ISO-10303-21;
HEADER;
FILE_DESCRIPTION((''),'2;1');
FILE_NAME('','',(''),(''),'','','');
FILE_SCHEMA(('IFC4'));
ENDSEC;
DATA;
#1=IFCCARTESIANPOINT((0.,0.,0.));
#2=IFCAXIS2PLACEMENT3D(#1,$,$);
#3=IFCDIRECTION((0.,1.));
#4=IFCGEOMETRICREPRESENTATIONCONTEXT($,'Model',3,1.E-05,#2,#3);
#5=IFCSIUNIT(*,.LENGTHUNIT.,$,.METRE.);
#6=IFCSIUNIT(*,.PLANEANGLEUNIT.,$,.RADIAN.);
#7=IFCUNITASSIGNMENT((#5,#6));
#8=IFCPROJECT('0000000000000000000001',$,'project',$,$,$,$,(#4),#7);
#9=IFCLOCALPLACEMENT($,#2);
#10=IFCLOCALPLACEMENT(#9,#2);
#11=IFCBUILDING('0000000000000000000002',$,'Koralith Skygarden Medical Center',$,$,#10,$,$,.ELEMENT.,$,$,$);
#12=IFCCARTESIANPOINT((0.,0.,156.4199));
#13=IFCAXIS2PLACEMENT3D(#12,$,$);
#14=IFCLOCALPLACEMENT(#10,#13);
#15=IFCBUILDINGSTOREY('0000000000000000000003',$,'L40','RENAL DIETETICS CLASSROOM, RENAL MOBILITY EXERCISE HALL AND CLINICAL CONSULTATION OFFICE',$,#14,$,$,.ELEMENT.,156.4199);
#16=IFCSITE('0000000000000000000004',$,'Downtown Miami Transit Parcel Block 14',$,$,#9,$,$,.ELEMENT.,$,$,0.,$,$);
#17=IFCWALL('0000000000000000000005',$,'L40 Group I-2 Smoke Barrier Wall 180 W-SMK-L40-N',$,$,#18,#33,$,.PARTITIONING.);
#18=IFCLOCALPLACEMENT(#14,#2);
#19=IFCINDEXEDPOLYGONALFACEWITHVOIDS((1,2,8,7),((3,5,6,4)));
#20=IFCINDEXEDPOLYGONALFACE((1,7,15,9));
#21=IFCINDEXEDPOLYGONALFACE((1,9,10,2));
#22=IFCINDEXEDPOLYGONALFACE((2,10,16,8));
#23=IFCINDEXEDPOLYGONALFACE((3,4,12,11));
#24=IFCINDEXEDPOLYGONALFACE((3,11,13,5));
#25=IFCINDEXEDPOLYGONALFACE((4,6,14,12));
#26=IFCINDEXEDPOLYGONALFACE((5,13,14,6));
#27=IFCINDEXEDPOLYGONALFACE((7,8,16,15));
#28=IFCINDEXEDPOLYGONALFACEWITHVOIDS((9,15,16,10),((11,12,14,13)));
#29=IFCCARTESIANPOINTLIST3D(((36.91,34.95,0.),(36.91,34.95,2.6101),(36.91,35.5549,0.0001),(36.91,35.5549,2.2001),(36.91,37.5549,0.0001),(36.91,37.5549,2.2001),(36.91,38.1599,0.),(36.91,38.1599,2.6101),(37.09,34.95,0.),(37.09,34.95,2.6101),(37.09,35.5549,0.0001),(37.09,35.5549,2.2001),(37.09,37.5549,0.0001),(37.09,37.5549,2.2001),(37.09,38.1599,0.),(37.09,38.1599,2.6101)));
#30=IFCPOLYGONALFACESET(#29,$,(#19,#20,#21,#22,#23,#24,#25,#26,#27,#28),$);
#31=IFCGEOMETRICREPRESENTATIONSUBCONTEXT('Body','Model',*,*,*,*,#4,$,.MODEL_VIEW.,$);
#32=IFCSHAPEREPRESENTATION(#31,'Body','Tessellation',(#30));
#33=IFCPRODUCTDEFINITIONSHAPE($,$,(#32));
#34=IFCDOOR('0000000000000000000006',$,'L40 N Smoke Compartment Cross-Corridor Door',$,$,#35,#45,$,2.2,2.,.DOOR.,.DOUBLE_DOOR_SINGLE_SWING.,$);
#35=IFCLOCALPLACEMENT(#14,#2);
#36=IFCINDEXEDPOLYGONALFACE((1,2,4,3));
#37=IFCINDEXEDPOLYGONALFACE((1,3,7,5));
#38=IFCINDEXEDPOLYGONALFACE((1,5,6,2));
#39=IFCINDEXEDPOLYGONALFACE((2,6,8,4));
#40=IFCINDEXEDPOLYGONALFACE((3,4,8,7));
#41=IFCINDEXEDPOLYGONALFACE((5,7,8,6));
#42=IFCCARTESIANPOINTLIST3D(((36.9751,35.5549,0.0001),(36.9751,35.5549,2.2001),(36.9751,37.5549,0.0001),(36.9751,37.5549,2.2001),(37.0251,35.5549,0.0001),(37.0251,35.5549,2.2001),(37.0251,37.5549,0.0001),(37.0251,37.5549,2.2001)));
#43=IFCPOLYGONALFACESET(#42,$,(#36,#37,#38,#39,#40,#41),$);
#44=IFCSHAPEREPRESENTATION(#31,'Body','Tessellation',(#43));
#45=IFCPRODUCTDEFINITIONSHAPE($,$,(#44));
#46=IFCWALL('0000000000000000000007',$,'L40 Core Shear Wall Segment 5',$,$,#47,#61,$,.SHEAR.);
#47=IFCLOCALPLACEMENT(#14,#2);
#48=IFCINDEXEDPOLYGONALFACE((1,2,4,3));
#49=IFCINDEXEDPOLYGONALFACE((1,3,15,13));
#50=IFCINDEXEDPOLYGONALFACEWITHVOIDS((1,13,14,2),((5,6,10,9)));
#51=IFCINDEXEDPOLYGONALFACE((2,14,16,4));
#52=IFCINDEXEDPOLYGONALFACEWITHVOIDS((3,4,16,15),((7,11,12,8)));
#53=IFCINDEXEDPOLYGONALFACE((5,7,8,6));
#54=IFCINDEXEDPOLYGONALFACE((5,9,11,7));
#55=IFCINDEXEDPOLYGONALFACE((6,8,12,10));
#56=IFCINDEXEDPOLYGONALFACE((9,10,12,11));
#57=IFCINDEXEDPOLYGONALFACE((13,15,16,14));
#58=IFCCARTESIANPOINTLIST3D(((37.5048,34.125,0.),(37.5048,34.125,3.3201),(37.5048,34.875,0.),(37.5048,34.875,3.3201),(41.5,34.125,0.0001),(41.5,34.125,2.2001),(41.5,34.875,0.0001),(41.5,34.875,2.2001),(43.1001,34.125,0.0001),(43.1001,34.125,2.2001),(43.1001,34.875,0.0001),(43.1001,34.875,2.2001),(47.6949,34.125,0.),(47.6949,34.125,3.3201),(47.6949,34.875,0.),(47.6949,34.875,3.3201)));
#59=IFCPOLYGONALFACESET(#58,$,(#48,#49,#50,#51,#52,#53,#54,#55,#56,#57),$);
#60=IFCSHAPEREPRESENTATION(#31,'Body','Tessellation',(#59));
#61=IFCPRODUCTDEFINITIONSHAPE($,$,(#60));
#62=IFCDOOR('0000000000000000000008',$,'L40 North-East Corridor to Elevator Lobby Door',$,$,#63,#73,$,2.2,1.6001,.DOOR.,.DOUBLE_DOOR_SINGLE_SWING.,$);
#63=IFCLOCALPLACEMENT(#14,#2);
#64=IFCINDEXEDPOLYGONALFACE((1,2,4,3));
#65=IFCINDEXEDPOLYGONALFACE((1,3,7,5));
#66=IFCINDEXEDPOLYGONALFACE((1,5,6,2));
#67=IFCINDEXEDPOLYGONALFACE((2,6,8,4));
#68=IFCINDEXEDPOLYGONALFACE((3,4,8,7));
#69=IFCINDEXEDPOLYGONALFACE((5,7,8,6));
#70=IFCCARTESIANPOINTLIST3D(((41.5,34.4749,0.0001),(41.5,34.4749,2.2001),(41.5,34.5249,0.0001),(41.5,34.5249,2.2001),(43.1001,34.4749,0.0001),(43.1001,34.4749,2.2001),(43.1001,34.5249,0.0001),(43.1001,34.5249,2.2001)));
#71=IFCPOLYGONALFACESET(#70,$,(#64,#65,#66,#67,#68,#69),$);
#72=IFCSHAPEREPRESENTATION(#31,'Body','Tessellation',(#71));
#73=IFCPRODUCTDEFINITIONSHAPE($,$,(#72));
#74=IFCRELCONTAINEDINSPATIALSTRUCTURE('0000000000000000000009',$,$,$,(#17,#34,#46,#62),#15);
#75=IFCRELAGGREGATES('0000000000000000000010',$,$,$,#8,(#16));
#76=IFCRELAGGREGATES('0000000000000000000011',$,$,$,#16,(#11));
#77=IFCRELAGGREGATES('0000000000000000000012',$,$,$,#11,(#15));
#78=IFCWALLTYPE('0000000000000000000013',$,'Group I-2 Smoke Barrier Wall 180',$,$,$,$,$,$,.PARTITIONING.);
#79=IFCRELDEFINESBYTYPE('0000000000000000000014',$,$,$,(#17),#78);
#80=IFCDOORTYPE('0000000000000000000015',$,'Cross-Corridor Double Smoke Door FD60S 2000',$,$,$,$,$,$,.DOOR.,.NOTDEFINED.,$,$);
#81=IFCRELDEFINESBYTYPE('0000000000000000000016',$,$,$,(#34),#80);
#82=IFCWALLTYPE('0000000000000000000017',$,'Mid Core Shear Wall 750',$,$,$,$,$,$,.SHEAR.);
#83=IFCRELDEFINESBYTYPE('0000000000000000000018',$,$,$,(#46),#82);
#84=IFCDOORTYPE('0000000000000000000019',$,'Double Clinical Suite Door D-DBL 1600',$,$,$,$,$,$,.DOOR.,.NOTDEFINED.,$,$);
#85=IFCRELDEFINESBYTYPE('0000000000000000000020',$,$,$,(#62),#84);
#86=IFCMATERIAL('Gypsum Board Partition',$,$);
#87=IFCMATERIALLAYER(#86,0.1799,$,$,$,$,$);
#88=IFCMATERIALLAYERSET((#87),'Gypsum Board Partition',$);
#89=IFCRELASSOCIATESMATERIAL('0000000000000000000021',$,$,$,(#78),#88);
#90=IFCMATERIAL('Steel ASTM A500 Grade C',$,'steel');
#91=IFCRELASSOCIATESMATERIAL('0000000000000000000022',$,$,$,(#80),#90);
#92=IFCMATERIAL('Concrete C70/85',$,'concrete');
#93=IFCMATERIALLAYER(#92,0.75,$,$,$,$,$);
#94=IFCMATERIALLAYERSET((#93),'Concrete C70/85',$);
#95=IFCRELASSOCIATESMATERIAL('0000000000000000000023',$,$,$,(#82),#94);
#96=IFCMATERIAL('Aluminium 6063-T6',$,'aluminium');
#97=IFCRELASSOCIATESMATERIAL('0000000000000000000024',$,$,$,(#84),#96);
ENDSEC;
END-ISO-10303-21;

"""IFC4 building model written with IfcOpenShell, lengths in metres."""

from ifc_helpers import new_model, si_unit, direction, frame, frame_2d, origin, place, context, subcontext, project, spatial, rectangle, extrude, material, layer, layer_set, type_object, element, fill, save


model = new_model("IFC4")

# Units and contexts
model_context = context("Model", 3, precision=1e-05, world=origin(), true_north=direction((0.0, 1.0)))
body_context = subcontext(model_context, "Body", "Model", "MODEL_VIEW")
ifc_project = project(units=[si_unit("LENGTHUNIT", "METRE"), si_unit("PLANEANGLEUNIT", "RADIAN")], contexts=[model_context])

# Site, building, storey
site_placement = place(None, origin())
site = spatial("IfcSite", under=ifc_project, at=site_placement, Name="Downtown Miami Transit Parcel Block 14", CompositionType="ELEMENT", RefElevation=0.0)
building_placement = place(site_placement, origin())
building = spatial("IfcBuilding", under=site, at=building_placement, Name="Koralith Skygarden Medical Center", CompositionType="ELEMENT")
storey_placement = place(building_placement, frame((0.0, 0.0, 156.4199)))
storey = spatial("IfcBuildingStorey", under=building, at=storey_placement, Name="L40", Description="RENAL DIETETICS CLASSROOM, RENAL MOBILITY EXERCISE HALL AND CLINICAL CONSULTATION OFFICE", CompositionType="ELEMENT", Elevation=156.4199)

# Shared definitions
ifc_material_1 = material(Name="Concrete C70/85", Category="concrete")

# Shared definitions
ifc_material_2 = material(Name="Aluminium 6063-T6", Category="aluminium")

# Shared definitions
ifc_material_3 = material(Name="Gypsum Board Partition")

# Walls, openings, doors
ifc_layer_1 = layer(ifc_material_3, 0.1799)
ifc_layer_set_1 = layer_set([ifc_layer_1], Name="Gypsum Board Partition")
wall_type_1 = type_object("IfcWallType", Name="Group I-2 Smoke Barrier Wall 180", PredefinedType="PARTITIONING", material=ifc_layer_set_1)
wall_1_placement = place(storey_placement, frame((37.0, 34.95, 0.0), z_axis=(0.0, 0.0, 1.0), x_axis=(0.0, 1.0, 0.0)))
wall_1 = element("IfcWall", 1, at=wall_1_placement, inside=storey, type_object=wall_type_1, Name="L40 Group I-2 Smoke Barrier Wall 180 W-SMK-L40-N", PredefinedType="PARTITIONING", context=body_context, shape_type="SweptSolid", body=[
    extrude(rectangle(XDim=3.21, YDim=0.1799, at=frame_2d((1.605, 0.0))), origin(), (0.0, 0.0, 1.0), 2.6101),
])
opening_1_placement = place(wall_1_placement, frame((0.605, 0.0, 0.0)))
opening_1 = element("IfcOpeningElement", 2, at=opening_1_placement, cuts=wall_1, PredefinedType="OPENING", context=body_context, shape_type="SweptSolid", body=[
    extrude(rectangle(XDim=2.0, YDim=2.2, at=frame_2d((1.0, 1.1001))), frame((0.0, 0.0999, 0.0), z_axis=(0.0, -1.0, 0.0), x_axis=(1.0, 0.0, 0.0)), (0.0, 0.0, 1.0), 0.2),
])
ifc_material_4 = material(Name="Steel ASTM A500 Grade C", Category="steel")
door_type_1 = type_object("IfcDoorType", Name="Cross-Corridor Double Smoke Door FD60S 2000", OperationType="NOTDEFINED", PredefinedType="DOOR", material=ifc_material_4)
door_1_placement = place(opening_1_placement, origin())
door_1 = element("IfcDoor", 3, at=door_1_placement, inside=storey, type_object=door_type_1, Name="L40 N Smoke Compartment Cross-Corridor Door", OperationType="DOUBLE_DOOR_SINGLE_SWING", OverallHeight=2.2, OverallWidth=2.0, PredefinedType="DOOR", context=body_context, shape_type="SweptSolid", body=[
    extrude(rectangle(XDim=2.0, YDim=2.2, at=frame_2d((1.0, 1.1001))), frame((0.0, 0.0249, 0.0), z_axis=(0.0, -1.0, 0.0), x_axis=(1.0, 0.0, 0.0)), (0.0, 0.0, 1.0), 0.05),
])
fill(opening_1, door_1)
ifc_layer_2 = layer(ifc_material_1, 0.75)
ifc_layer_set_2 = layer_set([ifc_layer_2], Name="Concrete C70/85")
wall_type_2 = type_object("IfcWallType", Name="Mid Core Shear Wall 750", PredefinedType="SHEAR", material=ifc_layer_set_2)
wall_2_placement = place(storey_placement, frame((47.6951, 34.5, 0.0), z_axis=(0.0, 0.0, 1.0), x_axis=(-1.0, 0.0, 0.0)))
wall_2 = element("IfcWall", 4, at=wall_2_placement, inside=storey, type_object=wall_type_2, Name="L40 Core Shear Wall Segment 5", PredefinedType="SHEAR", context=body_context, shape_type="SweptSolid", body=[
    extrude(rectangle(XDim=10.1902, YDim=0.75, at=frame_2d((5.0952, 0.0))), origin(), (0.0, 0.0, 1.0), 3.3201),
])
opening_2_placement = place(wall_2_placement, frame((4.595, 0.0, 0.0)))
opening_2 = element("IfcOpeningElement", 5, at=opening_2_placement, cuts=wall_2, PredefinedType="OPENING", context=body_context, shape_type="SweptSolid", body=[
    extrude(rectangle(XDim=1.6001, YDim=2.2, at=frame_2d((0.8, 1.1001))), frame((0.0, 0.385, 0.0), z_axis=(0.0, -1.0, 0.0), x_axis=(1.0, 0.0, 0.0)), (0.0, 0.0, 1.0), 0.77),
])
door_type_2 = type_object("IfcDoorType", Name="Double Clinical Suite Door D-DBL 1600", OperationType="NOTDEFINED", PredefinedType="DOOR", material=ifc_material_2)
door_2_placement = place(opening_2_placement, frame((1.6001, 0.0, 0.0), z_axis=(0.0, 0.0, 1.0), x_axis=(-1.0, 0.0, 0.0)))
door_2 = element("IfcDoor", 6, at=door_2_placement, inside=storey, type_object=door_type_2, Name="L40 North-East Corridor to Elevator Lobby Door", OperationType="DOUBLE_DOOR_SINGLE_SWING", OverallHeight=2.2, OverallWidth=1.6001, PredefinedType="DOOR", context=body_context, shape_type="SweptSolid", body=[
    extrude(rectangle(XDim=1.6001, YDim=2.2, at=frame_2d((0.8, 1.1001))), frame((0.0, 0.0249, 0.0), z_axis=(0.0, -1.0, 0.0), x_axis=(1.0, 0.0, 0.0)), (0.0, 0.0, 1.0), 0.05),
])
fill(opening_2, door_2)

save(model, "model.ifc")
